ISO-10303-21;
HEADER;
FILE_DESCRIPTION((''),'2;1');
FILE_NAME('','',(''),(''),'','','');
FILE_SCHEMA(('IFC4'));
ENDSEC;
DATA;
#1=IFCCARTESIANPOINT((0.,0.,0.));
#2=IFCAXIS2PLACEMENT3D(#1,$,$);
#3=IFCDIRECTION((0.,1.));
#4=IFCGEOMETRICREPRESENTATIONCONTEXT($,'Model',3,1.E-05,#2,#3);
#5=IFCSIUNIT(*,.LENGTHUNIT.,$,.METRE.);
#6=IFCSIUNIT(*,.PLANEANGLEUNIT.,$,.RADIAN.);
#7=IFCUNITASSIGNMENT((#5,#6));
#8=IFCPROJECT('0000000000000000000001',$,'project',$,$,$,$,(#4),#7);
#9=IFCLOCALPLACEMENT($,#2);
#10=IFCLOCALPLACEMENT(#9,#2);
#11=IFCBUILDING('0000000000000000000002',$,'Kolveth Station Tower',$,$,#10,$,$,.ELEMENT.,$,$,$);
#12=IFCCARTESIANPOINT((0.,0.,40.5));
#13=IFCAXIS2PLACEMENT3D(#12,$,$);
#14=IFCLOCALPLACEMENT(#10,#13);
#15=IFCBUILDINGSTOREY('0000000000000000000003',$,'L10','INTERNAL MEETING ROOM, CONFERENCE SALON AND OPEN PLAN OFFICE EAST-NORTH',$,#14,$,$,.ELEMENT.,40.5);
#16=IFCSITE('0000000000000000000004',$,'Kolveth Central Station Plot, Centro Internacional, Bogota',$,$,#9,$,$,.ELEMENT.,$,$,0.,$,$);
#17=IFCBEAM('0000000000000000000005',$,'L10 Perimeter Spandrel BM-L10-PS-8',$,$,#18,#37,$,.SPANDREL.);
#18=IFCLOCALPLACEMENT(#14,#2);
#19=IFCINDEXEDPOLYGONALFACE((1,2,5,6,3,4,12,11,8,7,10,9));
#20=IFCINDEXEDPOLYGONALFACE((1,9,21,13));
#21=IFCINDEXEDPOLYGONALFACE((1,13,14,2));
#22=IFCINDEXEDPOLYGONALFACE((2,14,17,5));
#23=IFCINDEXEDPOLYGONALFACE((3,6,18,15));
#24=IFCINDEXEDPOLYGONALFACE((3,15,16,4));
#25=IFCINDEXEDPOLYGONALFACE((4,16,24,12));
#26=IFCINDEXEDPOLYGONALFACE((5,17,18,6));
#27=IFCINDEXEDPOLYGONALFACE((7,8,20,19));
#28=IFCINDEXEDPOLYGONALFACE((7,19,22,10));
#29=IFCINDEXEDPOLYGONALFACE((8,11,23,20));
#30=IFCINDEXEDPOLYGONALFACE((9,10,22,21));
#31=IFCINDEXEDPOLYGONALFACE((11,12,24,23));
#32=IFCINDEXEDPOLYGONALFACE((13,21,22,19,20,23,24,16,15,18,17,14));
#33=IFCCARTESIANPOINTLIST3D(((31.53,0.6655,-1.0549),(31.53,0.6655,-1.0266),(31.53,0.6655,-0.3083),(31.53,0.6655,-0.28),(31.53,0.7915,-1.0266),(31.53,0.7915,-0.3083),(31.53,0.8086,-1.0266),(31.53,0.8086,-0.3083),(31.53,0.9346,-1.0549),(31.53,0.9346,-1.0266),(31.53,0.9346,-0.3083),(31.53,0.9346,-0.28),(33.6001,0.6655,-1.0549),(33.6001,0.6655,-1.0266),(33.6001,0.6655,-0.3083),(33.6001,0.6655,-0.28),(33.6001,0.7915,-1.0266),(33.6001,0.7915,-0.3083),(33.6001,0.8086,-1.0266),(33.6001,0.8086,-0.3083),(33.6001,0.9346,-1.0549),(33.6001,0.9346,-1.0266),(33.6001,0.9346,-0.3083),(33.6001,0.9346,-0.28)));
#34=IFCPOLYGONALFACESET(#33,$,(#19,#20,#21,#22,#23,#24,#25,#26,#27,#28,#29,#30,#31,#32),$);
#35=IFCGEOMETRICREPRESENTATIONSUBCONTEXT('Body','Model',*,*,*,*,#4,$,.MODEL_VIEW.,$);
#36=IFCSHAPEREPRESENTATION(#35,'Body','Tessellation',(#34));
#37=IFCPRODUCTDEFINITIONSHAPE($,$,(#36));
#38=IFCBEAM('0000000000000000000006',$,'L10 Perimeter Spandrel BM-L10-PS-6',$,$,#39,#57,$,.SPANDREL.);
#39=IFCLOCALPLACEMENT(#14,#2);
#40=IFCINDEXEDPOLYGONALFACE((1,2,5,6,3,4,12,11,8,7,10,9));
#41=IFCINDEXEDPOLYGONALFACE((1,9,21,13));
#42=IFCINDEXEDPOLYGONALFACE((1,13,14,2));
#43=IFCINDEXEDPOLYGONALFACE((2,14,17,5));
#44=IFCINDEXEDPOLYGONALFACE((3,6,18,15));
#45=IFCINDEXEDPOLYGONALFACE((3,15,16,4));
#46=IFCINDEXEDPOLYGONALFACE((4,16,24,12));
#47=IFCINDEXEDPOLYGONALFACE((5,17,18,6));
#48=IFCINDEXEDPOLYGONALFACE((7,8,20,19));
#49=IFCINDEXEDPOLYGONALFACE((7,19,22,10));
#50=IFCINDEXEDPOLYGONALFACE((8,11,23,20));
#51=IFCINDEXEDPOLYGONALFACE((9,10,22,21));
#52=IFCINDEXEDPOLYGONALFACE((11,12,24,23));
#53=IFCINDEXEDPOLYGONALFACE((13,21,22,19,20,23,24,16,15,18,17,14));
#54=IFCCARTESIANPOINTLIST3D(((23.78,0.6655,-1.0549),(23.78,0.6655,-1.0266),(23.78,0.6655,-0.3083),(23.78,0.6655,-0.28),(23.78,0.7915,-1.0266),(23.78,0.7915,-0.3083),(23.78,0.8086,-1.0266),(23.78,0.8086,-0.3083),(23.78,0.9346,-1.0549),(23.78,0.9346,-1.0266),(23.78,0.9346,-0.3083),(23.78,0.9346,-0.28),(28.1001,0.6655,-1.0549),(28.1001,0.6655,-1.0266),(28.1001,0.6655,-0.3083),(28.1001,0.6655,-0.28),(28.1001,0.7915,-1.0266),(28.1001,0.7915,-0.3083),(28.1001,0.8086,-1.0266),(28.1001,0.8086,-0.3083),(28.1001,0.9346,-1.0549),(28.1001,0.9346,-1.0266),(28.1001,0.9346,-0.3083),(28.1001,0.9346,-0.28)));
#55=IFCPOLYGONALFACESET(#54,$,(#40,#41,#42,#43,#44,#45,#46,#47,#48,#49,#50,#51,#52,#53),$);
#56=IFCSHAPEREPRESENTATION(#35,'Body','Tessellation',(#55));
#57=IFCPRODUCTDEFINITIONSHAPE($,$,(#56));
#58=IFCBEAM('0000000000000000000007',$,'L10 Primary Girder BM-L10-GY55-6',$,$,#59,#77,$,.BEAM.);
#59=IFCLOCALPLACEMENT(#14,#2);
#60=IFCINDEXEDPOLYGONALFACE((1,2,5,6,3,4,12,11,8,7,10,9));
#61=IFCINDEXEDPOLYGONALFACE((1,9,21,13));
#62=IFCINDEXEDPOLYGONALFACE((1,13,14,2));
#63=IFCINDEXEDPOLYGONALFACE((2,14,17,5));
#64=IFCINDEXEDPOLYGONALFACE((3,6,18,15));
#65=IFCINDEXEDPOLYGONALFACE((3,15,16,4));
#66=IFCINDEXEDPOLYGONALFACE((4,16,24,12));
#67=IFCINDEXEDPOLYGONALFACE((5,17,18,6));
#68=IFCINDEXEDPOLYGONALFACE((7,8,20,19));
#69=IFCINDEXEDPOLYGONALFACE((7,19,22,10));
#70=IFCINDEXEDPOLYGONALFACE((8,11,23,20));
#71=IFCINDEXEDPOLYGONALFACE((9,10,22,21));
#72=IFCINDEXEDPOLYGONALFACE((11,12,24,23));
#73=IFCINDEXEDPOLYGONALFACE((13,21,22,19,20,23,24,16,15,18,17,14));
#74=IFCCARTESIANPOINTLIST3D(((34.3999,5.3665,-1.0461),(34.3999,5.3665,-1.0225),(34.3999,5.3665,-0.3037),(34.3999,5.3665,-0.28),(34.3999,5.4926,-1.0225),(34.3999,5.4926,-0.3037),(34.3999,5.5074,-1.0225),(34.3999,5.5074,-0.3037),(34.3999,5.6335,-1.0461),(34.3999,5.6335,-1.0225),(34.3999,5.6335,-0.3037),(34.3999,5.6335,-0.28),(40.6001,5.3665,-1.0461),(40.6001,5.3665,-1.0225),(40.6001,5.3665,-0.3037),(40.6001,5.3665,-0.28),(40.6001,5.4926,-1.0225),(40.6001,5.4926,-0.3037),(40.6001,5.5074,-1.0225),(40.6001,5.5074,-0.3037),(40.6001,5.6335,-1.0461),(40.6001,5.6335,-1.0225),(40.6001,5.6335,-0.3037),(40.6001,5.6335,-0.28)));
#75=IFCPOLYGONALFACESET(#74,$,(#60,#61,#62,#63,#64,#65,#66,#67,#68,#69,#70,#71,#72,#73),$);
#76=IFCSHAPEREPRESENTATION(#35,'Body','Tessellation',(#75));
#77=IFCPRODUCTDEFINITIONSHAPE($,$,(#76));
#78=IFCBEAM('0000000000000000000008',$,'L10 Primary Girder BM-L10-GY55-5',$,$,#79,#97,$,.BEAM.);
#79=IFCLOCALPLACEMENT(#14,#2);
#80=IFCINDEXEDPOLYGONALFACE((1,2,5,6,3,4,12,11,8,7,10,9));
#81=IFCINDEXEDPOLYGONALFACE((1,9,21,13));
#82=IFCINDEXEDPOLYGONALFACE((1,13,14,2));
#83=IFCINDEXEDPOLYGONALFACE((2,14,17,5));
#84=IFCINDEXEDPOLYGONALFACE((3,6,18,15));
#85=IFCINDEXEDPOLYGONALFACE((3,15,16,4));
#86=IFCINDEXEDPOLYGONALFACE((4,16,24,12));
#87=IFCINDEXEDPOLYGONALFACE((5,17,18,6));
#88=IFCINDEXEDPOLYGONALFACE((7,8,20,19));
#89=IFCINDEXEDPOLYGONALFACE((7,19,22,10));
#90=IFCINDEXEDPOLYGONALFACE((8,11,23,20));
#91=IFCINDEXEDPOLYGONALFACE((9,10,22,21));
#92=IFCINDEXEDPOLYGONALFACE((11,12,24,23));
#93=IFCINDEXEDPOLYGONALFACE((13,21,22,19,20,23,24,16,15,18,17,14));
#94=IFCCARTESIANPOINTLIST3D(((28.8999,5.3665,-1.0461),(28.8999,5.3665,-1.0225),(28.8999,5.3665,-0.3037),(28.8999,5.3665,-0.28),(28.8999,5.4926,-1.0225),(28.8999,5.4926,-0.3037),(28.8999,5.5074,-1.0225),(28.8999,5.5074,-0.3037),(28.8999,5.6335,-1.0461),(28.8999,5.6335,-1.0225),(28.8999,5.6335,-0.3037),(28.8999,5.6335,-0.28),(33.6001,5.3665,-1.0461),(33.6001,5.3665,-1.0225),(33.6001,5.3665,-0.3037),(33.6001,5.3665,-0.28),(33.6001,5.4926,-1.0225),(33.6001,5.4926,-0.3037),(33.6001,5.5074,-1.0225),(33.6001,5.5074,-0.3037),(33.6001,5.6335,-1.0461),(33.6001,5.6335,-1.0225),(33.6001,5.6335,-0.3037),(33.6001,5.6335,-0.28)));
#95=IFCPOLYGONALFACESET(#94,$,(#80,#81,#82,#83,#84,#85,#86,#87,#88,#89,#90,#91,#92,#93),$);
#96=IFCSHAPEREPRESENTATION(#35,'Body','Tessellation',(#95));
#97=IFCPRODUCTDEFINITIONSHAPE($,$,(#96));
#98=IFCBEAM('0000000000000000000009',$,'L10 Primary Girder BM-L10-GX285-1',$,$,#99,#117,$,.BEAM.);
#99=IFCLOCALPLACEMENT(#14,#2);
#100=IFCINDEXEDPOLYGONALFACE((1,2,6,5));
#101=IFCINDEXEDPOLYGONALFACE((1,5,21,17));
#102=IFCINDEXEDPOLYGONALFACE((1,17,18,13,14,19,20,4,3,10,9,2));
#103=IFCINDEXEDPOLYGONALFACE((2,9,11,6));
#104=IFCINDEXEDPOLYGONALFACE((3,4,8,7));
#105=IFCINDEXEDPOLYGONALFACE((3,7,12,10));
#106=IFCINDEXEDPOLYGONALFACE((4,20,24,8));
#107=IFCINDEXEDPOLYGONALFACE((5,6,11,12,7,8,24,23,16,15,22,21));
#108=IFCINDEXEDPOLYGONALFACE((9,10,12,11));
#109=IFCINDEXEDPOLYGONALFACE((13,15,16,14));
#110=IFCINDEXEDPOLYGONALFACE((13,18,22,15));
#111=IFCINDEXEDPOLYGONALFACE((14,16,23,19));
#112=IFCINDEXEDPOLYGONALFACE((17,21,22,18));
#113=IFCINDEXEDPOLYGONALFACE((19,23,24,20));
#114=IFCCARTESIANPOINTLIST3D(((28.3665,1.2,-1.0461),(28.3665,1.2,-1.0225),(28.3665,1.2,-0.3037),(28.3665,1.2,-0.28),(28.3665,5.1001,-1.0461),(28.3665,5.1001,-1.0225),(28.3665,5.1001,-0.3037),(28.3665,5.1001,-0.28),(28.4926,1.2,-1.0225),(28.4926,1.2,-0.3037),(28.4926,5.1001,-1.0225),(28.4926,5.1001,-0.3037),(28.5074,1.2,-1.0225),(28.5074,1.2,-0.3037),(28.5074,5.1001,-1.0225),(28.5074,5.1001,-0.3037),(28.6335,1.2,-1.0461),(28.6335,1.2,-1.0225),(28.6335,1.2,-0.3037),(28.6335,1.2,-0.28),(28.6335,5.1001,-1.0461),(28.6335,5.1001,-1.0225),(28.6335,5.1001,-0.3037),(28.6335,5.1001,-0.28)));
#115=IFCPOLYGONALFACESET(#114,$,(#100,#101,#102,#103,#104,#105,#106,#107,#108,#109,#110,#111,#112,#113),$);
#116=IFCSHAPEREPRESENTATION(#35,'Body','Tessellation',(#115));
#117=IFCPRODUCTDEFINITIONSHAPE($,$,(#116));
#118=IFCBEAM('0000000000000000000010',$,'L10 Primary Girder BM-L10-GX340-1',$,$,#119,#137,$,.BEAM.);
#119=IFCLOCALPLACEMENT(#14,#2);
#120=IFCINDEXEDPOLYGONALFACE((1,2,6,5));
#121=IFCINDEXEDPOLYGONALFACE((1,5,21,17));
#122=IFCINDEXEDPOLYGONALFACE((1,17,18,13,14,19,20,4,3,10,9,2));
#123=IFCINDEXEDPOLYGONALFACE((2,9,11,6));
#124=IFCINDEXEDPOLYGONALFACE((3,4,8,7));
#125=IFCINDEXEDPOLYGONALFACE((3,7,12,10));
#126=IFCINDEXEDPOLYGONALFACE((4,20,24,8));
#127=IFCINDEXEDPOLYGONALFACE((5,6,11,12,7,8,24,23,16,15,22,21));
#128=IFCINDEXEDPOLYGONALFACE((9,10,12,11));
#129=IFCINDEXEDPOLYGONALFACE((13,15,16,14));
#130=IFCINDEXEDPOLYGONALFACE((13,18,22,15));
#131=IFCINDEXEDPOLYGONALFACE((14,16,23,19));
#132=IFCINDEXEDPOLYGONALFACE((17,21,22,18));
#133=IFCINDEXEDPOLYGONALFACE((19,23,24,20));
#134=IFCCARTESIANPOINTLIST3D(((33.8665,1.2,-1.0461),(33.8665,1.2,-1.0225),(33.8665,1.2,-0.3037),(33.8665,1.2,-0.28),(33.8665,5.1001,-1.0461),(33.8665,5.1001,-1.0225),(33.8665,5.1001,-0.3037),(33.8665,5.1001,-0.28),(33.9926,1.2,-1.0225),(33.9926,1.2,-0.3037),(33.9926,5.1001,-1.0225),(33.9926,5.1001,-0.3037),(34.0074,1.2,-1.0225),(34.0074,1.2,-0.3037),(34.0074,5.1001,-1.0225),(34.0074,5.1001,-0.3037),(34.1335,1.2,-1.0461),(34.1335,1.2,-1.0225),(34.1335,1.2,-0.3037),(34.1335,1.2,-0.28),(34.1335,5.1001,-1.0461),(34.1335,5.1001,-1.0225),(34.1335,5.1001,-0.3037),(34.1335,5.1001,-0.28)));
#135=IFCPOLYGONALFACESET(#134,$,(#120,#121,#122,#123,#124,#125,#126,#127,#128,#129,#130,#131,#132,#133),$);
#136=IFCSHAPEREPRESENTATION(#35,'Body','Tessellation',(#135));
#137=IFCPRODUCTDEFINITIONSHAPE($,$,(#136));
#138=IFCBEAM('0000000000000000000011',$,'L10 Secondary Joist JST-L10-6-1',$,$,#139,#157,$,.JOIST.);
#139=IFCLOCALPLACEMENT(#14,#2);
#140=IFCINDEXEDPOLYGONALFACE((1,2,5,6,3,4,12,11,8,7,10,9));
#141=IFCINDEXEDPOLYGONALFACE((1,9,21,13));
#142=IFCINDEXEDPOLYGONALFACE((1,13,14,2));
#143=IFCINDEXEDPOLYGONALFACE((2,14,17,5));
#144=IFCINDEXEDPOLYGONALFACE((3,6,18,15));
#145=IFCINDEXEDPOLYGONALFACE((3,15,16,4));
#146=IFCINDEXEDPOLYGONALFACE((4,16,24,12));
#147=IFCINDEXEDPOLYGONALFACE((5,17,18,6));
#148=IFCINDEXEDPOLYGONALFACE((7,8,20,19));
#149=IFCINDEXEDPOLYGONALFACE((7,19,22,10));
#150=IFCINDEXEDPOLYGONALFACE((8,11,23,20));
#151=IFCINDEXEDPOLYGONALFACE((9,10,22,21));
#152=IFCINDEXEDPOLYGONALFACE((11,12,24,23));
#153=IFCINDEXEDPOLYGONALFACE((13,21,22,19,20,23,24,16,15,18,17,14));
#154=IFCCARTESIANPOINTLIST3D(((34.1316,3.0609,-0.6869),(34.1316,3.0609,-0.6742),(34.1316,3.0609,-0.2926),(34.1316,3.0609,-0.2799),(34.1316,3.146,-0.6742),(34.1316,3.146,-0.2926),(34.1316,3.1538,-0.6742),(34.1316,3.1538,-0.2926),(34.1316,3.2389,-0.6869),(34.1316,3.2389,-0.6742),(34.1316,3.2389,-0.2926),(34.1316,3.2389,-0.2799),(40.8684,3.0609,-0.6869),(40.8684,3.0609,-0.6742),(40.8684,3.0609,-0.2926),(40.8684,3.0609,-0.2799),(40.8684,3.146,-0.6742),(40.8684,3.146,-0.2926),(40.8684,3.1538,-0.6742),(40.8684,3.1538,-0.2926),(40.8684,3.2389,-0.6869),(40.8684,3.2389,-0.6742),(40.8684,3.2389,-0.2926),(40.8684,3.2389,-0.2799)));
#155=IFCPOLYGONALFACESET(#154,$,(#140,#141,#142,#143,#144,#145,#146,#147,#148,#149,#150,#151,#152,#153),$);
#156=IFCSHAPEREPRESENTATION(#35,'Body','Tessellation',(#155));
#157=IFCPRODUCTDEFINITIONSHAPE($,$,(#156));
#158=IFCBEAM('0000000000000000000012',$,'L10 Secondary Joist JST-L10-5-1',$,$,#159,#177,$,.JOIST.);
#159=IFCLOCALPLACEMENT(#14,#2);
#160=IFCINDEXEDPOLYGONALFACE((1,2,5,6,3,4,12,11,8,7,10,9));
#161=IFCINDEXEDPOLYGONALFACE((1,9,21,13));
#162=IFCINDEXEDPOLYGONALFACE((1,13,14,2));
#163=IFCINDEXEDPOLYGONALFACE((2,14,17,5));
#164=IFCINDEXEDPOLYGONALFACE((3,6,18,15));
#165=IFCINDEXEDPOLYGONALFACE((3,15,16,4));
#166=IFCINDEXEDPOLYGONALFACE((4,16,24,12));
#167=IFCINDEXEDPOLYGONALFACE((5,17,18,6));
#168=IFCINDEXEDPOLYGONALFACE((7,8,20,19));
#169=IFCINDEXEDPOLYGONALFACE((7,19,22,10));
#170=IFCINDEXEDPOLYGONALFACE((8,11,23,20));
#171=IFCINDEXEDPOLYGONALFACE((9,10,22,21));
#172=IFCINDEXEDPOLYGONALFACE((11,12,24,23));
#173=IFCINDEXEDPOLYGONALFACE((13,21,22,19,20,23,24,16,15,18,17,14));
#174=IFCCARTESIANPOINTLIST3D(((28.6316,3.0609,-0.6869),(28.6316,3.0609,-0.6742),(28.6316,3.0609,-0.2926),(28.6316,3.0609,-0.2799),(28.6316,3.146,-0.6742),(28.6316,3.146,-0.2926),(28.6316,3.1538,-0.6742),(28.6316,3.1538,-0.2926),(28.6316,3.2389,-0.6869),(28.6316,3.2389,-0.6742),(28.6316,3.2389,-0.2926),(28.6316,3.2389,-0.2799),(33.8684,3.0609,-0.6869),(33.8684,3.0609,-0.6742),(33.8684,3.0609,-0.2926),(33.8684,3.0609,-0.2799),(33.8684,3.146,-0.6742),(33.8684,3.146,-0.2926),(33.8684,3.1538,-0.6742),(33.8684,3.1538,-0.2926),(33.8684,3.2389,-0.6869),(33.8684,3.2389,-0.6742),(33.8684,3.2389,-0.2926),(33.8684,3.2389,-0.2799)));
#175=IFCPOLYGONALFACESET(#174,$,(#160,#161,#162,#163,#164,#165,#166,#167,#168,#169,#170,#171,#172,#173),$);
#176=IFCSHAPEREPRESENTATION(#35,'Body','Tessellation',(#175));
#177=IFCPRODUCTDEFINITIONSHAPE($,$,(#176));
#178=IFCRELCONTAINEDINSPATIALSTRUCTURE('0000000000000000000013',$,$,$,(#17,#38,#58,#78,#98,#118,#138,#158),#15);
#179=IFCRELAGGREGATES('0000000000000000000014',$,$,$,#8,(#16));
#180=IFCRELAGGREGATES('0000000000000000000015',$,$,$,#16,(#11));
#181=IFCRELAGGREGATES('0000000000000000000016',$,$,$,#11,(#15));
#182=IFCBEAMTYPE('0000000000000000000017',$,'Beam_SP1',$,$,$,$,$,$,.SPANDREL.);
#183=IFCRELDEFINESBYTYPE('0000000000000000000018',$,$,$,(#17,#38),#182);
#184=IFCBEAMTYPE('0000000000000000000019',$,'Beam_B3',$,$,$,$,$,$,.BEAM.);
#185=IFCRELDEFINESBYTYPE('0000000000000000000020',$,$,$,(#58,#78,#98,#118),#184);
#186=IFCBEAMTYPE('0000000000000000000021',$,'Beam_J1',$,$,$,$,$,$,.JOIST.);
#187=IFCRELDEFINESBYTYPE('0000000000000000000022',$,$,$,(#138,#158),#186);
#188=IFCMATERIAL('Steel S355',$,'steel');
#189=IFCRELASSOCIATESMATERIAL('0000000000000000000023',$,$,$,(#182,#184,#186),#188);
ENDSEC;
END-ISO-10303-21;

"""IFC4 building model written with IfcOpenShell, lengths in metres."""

from ifc_helpers import new_model, si_unit, direction, frame, origin, origin_2d, place, context, subcontext, project, spatial, i_section, extrude, source, transform, mapped, material, material_profile, profile_set, type_object, element, save


model = new_model("IFC4")

# Units and contexts
model_context = context("Model", 3, precision=1e-05, world=origin(), true_north=direction((0.0, 1.0)))
body_context = subcontext(model_context, "Body", "Model", "MODEL_VIEW")
ifc_project = project(units=[si_unit("LENGTHUNIT", "METRE"), si_unit("PLANEANGLEUNIT", "RADIAN")], contexts=[model_context])

# Site, building, storey
site_placement = place(None, origin())
site = spatial("IfcSite", under=ifc_project, at=site_placement, Name="Kolveth Central Station Plot, Centro Internacional, Bogota", CompositionType="ELEMENT", RefElevation=0.0)
building_placement = place(site_placement, origin())
building = spatial("IfcBuilding", under=site, at=building_placement, Name="Kolveth Station Tower", CompositionType="ELEMENT")
storey_placement = place(building_placement, frame((0.0, 0.0, 40.5)))
storey = spatial("IfcBuildingStorey", under=building, at=storey_placement, Name="L10", Description="INTERNAL MEETING ROOM, CONFERENCE SALON AND OPEN PLAN OFFICE EAST-NORTH", CompositionType="ELEMENT", Elevation=40.5)

# Shared definitions
ifc_material_1 = material(Name="Steel S355", Category="steel")

# Beams
ifc_material_profile_1 = material_profile(ifc_material_1, i_section(OverallWidth=0.269, OverallDepth=0.7749, WebThickness=0.0171, FlangeThickness=0.0283, at=origin_2d()), Name="W760x220")
ifc_profile_set_1 = profile_set([ifc_material_profile_1], Name="Steel S355")
beam_type_1 = type_object("IfcBeamType", Name="Beam_SP1", PredefinedType="SPANDREL", material=ifc_profile_set_1)
shared_shape_1 = source(origin(), body_context, "Body", "SweptSolid", [
    extrude(i_section(OverallWidth=0.269, OverallDepth=0.7749, WebThickness=0.0171, FlangeThickness=0.0283, at=origin_2d()), origin(), (0.0, 0.0, 1.0), 2.0701),
])
for number, where, z_axis, x_axis, name in (
    (1, (31.53, 0.8, -0.6675), (1.0, 0.0, 0.0), (0.0, 1.0, 0.0), "L10 Perimeter Spandrel BM-L10-PS-8"),
):
    element("IfcBeam", number, at=place(storey_placement, frame(where, z_axis=z_axis, x_axis=x_axis)), inside=storey, type_object=beam_type_1, Name=name, PredefinedType="SPANDREL", context=body_context, shape_type="MappedRepresentation", body=[
        mapped(shared_shape_1, transform((0.0, 0.0, 0.0), x_axis=(1.0, 0.0, 0.0), y_axis=(0.0, 1.0, 0.0), z_axis=(0.0, 0.0, 1.0), scale=1.0)),
    ])
shared_shape_2 = source(origin(), body_context, "Body", "SweptSolid", [
    extrude(i_section(OverallWidth=0.269, OverallDepth=0.7749, WebThickness=0.0171, FlangeThickness=0.0283, at=origin_2d()), origin(), (0.0, 0.0, 1.0), 4.3201),
])
beam_1_placement = place(storey_placement, frame((23.78, 0.8, -0.6675), z_axis=(1.0, 0.0, 0.0), x_axis=(0.0, 1.0, 0.0)))
element("IfcBeam", 2, at=beam_1_placement, inside=storey, type_object=beam_type_1, Name="L10 Perimeter Spandrel BM-L10-PS-6", PredefinedType="SPANDREL", context=body_context, shape_type="MappedRepresentation", body=[
    mapped(shared_shape_2, transform((0.0, 0.0, 0.0), x_axis=(1.0, 0.0, 0.0), y_axis=(0.0, 1.0, 0.0), z_axis=(0.0, 0.0, 1.0), scale=1.0)),
])
ifc_material_profile_2 = material_profile(ifc_material_1, i_section(OverallWidth=0.2671, OverallDepth=0.7661, WebThickness=0.0149, FlangeThickness=0.0237, at=origin_2d()), Name="W760x185")
ifc_profile_set_2 = profile_set([ifc_material_profile_2], Name="Steel S355")
beam_type_2 = type_object("IfcBeamType", Name="Beam_B3", PredefinedType="BEAM", material=ifc_profile_set_2)
shared_shape_3 = source(origin(), body_context, "Body", "SweptSolid", [
    extrude(i_section(OverallWidth=0.2671, OverallDepth=0.7661, WebThickness=0.0149, FlangeThickness=0.0237, at=origin_2d()), origin(), (0.0, 0.0, 1.0), 6.2002),
])
beam_2_placement = place(storey_placement, frame((34.3999, 5.5, -0.6631), z_axis=(1.0, 0.0, 0.0), x_axis=(0.0, 1.0, 0.0)))
element("IfcBeam", 3, at=beam_2_placement, inside=storey, type_object=beam_type_2, Name="L10 Primary Girder BM-L10-GY55-6", PredefinedType="BEAM", context=body_context, shape_type="MappedRepresentation", body=[
    mapped(shared_shape_3, transform((0.0, 0.0, 0.0), x_axis=(1.0, 0.0, 0.0), y_axis=(0.0, 1.0, 0.0), z_axis=(0.0, 0.0, 1.0), scale=1.0)),
])
shared_shape_4 = source(origin(), body_context, "Body", "SweptSolid", [
    extrude(i_section(OverallWidth=0.2671, OverallDepth=0.7661, WebThickness=0.0149, FlangeThickness=0.0237, at=origin_2d()), origin(), (0.0, 0.0, 1.0), 4.7002),
])
beam_3_placement = place(storey_placement, frame((28.8999, 5.5, -0.6631), z_axis=(1.0, 0.0, 0.0), x_axis=(0.0, 1.0, 0.0)))
element("IfcBeam", 4, at=beam_3_placement, inside=storey, type_object=beam_type_2, Name="L10 Primary Girder BM-L10-GY55-5", PredefinedType="BEAM", context=body_context, shape_type="MappedRepresentation", body=[
    mapped(shared_shape_4, transform((0.0, 0.0, 0.0), x_axis=(1.0, 0.0, 0.0), y_axis=(0.0, 1.0, 0.0), z_axis=(0.0, 0.0, 1.0), scale=1.0)),
])
shared_shape_5 = source(origin(), body_context, "Body", "SweptSolid", [
    extrude(i_section(OverallWidth=0.2671, OverallDepth=0.7661, WebThickness=0.0149, FlangeThickness=0.0237, at=origin_2d()), origin(), (0.0, 0.0, 1.0), 3.9001),
])
for number, where, z_axis, x_axis, name in (
    (5, (28.5, 1.2, -0.6631), (0.0, 1.0, 0.0), (-1.0, 0.0, 0.0), "L10 Primary Girder BM-L10-GX285-1"),
    (6, (34.0, 1.2, -0.6631), (0.0, 1.0, 0.0), (-1.0, 0.0, 0.0), "L10 Primary Girder BM-L10-GX340-1"),
):
    element("IfcBeam", number, at=place(storey_placement, frame(where, z_axis=z_axis, x_axis=x_axis)), inside=storey, type_object=beam_type_2, Name=name, PredefinedType="BEAM", context=body_context, shape_type="MappedRepresentation", body=[
        mapped(shared_shape_5, transform((0.0, 0.0, 0.0), x_axis=(1.0, 0.0, 0.0), y_axis=(0.0, 1.0, 0.0), z_axis=(0.0, 0.0, 1.0), scale=1.0)),
    ])
ifc_material_profile_3 = material_profile(ifc_material_1, i_section(OverallWidth=0.178, OverallDepth=0.407, WebThickness=0.0078, FlangeThickness=0.0127, at=origin_2d()), Name="W410x60")
ifc_profile_set_3 = profile_set([ifc_material_profile_3], Name="Steel S355")
beam_type_3 = type_object("IfcBeamType", Name="Beam_J1", PredefinedType="JOIST", material=ifc_profile_set_3)
shared_shape_6 = source(origin(), body_context, "Body", "SweptSolid", [
    extrude(i_section(OverallWidth=0.178, OverallDepth=0.407, WebThickness=0.0078, FlangeThickness=0.0127, at=origin_2d()), origin(), (0.0, 0.0, 1.0), 6.7368),
])
beam_4_placement = place(storey_placement, frame((34.1316, 3.1499, -0.4834), z_axis=(1.0, 0.0, 0.0), x_axis=(0.0, 1.0, 0.0)))
element("IfcBeam", 7, at=beam_4_placement, inside=storey, type_object=beam_type_3, Name="L10 Secondary Joist JST-L10-6-1", PredefinedType="JOIST", context=body_context, shape_type="MappedRepresentation", body=[
    mapped(shared_shape_6, transform((0.0, 0.0, 0.0), x_axis=(1.0, 0.0, 0.0), y_axis=(0.0, 1.0, 0.0), z_axis=(0.0, 0.0, 1.0), scale=1.0)),
])
shared_shape_7 = source(origin(), body_context, "Body", "SweptSolid", [
    extrude(i_section(OverallWidth=0.178, OverallDepth=0.407, WebThickness=0.0078, FlangeThickness=0.0127, at=origin_2d()), origin(), (0.0, 0.0, 1.0), 5.2368),
])
beam_5_placement = place(storey_placement, frame((28.6316, 3.1499, -0.4834), z_axis=(1.0, 0.0, 0.0), x_axis=(0.0, 1.0, 0.0)))
element("IfcBeam", 8, at=beam_5_placement, inside=storey, type_object=beam_type_3, Name="L10 Secondary Joist JST-L10-5-1", PredefinedType="JOIST", context=body_context, shape_type="MappedRepresentation", body=[
    mapped(shared_shape_7, transform((0.0, 0.0, 0.0), x_axis=(1.0, 0.0, 0.0), y_axis=(0.0, 1.0, 0.0), z_axis=(0.0, 0.0, 1.0), scale=1.0)),
])

save(model, "model.ifc")
